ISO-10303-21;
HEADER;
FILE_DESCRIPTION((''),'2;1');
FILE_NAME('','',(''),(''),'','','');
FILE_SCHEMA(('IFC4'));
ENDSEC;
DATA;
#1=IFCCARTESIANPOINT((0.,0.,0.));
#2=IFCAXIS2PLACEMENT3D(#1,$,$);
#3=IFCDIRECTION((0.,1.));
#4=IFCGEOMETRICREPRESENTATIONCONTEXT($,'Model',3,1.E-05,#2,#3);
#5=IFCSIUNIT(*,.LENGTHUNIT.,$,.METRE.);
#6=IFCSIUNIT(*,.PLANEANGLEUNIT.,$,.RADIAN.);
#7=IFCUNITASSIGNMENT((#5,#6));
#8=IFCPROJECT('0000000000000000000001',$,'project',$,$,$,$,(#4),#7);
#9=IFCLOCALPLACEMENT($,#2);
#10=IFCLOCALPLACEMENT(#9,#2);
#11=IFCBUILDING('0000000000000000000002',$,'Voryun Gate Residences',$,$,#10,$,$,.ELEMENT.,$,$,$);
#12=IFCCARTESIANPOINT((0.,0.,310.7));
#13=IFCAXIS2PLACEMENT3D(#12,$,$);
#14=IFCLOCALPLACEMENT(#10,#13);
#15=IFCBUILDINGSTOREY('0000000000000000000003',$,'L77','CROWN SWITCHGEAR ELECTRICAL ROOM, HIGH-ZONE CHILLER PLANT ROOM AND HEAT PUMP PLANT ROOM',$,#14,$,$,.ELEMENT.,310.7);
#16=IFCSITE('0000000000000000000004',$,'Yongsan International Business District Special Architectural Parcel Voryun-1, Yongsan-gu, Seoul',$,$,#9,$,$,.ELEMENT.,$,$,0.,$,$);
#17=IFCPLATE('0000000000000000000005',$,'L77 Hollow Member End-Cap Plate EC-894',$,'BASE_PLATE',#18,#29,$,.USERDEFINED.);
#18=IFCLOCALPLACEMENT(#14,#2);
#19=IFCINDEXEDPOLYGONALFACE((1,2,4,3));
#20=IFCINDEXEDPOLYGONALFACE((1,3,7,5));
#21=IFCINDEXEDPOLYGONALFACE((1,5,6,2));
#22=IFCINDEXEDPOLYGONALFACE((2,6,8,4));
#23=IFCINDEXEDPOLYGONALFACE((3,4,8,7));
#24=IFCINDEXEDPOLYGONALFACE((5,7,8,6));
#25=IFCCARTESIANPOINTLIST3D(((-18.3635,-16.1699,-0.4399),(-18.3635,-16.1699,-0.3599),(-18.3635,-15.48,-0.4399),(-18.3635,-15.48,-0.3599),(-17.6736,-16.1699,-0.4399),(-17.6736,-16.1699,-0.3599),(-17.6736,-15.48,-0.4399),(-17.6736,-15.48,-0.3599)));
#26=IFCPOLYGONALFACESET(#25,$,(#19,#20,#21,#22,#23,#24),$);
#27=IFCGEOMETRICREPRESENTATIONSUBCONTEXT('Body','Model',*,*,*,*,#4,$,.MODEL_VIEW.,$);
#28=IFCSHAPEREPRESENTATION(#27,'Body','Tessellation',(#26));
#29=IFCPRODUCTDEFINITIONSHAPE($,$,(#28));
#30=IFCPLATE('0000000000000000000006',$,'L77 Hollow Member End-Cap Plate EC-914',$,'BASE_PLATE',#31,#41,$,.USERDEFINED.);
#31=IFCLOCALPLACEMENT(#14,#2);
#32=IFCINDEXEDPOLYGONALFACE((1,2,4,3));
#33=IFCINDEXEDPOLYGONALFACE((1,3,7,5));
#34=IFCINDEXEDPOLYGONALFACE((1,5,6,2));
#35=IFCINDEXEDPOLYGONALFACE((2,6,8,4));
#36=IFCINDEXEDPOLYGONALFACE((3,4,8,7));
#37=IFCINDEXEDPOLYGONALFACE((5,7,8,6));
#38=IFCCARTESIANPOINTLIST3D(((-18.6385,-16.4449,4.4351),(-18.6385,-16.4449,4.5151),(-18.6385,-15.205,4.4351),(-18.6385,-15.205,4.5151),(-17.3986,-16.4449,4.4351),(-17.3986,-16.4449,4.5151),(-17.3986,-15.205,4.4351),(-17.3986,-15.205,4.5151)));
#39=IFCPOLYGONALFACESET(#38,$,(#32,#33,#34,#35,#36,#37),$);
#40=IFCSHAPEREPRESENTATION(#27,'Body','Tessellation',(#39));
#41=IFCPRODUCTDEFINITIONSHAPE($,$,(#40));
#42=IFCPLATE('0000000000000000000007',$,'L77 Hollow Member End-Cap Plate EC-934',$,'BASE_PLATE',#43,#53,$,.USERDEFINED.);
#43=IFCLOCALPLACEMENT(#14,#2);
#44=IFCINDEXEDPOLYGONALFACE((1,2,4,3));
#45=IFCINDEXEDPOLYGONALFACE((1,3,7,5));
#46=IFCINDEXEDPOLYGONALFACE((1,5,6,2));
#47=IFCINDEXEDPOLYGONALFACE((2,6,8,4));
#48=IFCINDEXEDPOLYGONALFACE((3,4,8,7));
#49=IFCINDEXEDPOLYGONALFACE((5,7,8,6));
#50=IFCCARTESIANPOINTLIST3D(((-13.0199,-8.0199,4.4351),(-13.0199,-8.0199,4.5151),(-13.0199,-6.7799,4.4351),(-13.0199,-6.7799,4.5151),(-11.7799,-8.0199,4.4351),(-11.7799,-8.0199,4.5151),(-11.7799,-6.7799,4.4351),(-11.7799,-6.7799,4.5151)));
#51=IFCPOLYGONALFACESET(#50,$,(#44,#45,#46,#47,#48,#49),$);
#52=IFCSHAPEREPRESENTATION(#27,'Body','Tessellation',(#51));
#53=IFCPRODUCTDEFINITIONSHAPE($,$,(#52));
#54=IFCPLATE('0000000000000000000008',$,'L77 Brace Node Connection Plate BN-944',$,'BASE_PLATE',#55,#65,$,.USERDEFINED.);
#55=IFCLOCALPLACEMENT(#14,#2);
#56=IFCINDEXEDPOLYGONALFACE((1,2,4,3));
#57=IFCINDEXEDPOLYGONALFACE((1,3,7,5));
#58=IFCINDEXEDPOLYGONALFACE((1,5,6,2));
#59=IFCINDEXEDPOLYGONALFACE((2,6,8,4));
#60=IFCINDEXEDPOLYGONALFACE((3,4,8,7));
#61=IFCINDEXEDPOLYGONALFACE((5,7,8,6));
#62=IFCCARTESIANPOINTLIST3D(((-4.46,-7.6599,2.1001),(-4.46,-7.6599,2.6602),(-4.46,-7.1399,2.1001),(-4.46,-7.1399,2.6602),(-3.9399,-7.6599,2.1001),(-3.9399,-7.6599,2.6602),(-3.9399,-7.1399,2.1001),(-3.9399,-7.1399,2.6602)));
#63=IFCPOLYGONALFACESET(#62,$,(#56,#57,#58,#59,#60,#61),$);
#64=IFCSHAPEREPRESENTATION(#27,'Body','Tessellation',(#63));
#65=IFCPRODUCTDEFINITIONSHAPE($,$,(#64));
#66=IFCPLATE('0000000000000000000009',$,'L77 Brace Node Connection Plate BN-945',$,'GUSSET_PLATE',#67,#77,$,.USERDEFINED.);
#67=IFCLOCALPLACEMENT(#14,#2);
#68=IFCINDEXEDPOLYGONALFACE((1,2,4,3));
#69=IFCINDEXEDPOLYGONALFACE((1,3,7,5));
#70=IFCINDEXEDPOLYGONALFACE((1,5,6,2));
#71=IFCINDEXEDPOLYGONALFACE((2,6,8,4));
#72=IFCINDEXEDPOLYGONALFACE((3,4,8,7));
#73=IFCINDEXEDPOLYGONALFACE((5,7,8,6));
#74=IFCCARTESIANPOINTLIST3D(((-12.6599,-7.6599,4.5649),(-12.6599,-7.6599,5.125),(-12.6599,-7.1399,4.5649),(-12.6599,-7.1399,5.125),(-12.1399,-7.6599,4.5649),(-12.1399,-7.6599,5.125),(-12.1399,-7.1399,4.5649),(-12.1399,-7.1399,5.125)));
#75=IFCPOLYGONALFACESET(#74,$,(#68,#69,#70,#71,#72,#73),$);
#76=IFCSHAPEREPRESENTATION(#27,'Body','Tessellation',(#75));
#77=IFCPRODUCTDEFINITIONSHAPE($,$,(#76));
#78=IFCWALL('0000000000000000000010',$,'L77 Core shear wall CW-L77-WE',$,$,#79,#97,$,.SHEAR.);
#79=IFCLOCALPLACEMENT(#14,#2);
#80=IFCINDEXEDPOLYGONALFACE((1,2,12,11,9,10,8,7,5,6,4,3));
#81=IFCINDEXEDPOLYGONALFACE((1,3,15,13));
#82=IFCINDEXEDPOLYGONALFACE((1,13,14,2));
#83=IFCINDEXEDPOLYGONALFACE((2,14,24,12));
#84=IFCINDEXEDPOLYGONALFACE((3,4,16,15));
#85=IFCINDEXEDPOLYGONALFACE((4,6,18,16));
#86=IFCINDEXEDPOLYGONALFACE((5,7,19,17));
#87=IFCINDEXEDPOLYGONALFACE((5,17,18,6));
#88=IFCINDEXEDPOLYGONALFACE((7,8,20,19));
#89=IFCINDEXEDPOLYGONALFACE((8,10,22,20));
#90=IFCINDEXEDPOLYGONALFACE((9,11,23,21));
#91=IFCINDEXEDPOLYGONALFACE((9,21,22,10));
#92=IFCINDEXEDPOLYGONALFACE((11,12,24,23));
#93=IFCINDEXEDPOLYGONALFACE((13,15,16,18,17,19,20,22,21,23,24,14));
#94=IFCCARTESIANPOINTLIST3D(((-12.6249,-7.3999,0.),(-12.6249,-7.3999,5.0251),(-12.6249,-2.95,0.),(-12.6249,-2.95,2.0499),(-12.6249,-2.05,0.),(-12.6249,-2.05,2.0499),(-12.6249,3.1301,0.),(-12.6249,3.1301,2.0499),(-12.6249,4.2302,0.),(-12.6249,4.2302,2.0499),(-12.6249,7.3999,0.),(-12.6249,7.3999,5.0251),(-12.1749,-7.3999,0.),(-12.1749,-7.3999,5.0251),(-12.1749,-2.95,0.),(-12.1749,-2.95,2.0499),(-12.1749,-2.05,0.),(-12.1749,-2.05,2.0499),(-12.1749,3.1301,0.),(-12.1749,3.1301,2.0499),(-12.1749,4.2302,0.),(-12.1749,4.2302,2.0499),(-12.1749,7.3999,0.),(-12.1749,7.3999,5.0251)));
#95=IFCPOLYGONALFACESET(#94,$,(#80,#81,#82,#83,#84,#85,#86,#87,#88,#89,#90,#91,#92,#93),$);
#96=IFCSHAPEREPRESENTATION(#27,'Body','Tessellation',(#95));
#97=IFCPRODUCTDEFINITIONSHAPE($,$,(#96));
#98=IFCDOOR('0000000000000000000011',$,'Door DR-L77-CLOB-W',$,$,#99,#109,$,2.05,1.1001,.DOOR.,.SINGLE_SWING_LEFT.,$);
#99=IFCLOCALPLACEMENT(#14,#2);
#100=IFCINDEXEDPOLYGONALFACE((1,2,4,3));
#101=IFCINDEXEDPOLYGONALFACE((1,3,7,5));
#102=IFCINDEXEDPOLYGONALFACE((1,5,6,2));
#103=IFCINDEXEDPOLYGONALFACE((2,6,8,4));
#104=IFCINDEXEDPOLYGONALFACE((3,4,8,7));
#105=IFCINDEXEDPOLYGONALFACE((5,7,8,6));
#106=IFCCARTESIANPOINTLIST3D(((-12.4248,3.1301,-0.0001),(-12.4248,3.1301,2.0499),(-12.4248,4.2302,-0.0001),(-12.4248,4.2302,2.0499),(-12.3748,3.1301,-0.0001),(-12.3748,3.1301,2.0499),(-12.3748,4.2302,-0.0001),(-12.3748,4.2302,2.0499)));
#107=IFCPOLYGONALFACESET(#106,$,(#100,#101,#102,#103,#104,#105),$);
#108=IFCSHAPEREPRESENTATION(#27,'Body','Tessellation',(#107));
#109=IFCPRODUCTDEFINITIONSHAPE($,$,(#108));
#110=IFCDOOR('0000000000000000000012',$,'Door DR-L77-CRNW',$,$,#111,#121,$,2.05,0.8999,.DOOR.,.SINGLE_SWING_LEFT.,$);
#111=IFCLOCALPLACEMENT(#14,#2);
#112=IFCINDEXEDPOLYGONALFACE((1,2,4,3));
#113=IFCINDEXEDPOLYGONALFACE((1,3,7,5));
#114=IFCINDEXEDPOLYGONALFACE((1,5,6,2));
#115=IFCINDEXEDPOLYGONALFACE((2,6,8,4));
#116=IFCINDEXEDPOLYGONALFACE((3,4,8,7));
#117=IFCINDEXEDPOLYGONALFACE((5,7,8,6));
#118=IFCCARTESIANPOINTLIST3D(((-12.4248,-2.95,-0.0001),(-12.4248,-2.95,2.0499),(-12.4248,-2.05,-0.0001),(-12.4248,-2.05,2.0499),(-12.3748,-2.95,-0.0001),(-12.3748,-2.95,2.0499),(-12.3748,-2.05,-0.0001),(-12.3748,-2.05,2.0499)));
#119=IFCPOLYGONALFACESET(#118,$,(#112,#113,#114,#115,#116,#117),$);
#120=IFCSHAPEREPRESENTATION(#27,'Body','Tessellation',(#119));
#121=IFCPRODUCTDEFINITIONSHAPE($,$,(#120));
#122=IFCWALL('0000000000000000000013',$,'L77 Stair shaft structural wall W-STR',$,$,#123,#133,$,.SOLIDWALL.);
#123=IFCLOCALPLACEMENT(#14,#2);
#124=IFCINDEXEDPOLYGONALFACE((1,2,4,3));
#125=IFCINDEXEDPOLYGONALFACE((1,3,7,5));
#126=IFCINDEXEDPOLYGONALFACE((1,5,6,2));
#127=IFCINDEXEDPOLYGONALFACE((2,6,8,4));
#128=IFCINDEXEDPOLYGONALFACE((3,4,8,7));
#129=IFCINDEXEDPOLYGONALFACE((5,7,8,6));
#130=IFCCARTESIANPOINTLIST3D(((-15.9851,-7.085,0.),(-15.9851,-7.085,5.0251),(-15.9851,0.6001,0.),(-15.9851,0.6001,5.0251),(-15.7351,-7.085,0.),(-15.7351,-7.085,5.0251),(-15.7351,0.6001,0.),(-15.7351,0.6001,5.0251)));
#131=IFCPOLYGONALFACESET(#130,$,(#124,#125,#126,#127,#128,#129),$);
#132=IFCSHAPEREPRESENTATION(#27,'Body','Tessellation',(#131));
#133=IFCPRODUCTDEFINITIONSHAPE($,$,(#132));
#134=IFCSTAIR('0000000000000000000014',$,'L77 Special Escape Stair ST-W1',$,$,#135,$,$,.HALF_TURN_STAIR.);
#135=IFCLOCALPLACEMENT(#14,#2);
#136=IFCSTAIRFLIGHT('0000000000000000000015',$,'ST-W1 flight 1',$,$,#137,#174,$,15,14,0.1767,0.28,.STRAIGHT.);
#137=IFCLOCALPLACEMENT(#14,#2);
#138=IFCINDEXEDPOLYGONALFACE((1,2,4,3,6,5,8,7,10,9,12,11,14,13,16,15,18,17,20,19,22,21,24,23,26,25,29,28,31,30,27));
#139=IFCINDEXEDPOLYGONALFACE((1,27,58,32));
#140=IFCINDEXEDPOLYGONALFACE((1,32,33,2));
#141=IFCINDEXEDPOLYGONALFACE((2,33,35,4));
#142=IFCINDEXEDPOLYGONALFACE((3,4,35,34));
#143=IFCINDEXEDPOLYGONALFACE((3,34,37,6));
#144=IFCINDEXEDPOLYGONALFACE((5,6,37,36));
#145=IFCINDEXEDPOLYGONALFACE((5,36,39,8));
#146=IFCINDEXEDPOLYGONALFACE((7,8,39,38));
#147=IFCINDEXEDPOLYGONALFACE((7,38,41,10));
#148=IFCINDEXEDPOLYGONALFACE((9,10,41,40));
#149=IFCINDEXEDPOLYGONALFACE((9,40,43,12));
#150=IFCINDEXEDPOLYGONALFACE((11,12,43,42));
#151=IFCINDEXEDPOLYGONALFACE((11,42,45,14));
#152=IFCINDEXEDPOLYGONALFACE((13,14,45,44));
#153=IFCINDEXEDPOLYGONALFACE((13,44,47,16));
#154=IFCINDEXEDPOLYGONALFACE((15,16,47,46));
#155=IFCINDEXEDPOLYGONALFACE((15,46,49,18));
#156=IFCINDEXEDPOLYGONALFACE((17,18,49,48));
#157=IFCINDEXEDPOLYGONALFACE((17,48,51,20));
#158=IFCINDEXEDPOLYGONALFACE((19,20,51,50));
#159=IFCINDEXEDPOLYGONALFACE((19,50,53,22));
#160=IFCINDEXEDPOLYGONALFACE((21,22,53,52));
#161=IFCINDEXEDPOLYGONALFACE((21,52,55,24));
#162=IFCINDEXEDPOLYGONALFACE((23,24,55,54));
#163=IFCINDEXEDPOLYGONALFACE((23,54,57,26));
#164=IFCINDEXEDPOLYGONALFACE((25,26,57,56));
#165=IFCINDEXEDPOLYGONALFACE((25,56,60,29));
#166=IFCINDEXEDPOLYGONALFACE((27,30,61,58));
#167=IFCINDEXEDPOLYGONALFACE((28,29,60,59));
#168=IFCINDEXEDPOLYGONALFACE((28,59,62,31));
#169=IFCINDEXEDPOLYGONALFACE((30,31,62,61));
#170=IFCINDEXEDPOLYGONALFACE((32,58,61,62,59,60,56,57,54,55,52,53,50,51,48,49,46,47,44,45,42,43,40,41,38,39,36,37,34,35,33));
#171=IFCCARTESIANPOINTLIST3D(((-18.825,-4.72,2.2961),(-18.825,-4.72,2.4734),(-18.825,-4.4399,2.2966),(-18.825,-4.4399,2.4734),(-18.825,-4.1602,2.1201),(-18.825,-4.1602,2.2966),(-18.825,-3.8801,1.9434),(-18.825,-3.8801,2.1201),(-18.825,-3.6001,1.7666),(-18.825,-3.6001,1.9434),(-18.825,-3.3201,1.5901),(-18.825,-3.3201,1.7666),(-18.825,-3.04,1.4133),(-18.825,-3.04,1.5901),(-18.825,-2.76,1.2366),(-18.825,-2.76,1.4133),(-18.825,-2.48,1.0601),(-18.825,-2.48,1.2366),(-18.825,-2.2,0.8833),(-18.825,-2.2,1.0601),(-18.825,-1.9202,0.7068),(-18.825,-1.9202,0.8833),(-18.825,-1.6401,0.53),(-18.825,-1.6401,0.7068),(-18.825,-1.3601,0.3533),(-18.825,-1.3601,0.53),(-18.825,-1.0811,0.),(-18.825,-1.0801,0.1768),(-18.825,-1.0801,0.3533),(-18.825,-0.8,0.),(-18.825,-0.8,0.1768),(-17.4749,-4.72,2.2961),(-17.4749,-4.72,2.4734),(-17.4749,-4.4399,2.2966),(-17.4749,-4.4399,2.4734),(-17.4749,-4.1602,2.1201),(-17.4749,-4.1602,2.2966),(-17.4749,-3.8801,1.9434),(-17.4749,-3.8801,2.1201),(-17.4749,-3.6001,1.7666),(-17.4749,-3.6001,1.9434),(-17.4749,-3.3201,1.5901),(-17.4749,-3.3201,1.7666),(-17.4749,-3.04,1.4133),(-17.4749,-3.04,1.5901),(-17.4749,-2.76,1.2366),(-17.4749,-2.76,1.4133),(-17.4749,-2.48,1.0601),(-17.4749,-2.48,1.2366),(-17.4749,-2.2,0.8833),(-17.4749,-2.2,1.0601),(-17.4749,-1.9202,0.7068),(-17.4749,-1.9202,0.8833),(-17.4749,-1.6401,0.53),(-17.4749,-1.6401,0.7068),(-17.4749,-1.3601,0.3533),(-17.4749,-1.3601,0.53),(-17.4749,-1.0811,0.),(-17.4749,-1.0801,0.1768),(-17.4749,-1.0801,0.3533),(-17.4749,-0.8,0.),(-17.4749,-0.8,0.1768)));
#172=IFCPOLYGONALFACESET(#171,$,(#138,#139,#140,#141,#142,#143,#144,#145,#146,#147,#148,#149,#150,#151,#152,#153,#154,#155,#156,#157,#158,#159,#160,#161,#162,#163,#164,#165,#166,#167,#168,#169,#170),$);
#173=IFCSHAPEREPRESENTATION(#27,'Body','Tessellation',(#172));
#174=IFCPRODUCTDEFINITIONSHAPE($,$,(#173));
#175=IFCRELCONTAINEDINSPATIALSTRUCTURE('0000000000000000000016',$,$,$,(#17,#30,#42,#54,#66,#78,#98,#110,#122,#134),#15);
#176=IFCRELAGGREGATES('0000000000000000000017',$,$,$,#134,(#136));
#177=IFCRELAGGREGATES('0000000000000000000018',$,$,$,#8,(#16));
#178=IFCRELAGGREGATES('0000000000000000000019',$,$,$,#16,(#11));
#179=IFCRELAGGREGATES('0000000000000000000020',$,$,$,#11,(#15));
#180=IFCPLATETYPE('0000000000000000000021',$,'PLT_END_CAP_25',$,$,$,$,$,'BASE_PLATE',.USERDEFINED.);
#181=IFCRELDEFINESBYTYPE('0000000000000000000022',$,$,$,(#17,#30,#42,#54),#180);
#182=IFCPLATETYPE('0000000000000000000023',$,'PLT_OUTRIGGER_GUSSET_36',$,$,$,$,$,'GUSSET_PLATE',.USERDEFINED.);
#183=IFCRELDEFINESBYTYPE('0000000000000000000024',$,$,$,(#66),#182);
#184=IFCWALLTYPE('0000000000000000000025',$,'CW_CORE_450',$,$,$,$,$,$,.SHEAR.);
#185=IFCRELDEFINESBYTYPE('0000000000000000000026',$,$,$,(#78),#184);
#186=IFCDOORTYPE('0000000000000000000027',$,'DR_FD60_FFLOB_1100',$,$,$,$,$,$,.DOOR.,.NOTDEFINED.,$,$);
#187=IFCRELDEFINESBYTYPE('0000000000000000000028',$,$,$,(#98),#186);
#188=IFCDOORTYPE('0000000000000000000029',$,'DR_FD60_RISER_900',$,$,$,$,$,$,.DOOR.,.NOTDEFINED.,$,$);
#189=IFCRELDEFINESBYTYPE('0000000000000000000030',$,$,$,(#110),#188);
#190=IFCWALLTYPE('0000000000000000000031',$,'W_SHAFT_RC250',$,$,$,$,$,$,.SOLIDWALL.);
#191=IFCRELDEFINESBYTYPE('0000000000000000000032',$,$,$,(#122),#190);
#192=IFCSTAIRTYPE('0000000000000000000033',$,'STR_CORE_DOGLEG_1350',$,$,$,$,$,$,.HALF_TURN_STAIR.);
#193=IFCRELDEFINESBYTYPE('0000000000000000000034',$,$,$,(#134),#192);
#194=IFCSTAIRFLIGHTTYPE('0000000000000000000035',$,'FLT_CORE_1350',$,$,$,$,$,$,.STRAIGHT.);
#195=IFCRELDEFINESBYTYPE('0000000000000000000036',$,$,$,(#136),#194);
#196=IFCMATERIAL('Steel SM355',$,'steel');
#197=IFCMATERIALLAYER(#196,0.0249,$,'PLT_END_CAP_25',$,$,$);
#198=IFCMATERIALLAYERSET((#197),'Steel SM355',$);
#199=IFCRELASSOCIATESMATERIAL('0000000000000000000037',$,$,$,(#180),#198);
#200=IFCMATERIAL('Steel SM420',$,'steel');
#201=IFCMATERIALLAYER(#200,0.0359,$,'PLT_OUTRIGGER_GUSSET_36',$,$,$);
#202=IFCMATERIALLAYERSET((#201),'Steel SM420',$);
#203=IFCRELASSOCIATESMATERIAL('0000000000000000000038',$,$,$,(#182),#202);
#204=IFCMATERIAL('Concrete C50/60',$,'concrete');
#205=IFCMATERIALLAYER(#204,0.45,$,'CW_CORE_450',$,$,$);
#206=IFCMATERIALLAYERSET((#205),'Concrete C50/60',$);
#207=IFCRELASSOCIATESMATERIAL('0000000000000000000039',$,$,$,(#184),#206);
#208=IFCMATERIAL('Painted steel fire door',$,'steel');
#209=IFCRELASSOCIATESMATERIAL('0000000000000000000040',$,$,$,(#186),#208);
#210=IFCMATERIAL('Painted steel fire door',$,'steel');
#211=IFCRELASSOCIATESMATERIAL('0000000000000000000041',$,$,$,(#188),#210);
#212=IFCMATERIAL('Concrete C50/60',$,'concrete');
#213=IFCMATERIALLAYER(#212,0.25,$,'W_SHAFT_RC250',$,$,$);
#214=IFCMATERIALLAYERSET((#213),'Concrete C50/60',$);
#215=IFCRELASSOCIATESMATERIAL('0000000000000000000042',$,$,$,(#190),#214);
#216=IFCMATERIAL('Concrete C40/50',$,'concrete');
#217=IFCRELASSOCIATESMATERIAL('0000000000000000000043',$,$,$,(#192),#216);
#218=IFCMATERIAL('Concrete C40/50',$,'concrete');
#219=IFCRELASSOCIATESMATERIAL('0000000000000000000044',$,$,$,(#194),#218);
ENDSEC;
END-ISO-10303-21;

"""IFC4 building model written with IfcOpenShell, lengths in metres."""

from ifc_helpers import new_model, si_unit, direction, frame, frame_2d, origin, origin_2d, place, context, subcontext, project, spatial, polyline, rectangle, outline, extrude, material, layer, layer_set, type_object, element, fill, aggregate, save


model = new_model("IFC4")

# Units and contexts
model_context = context("Model", 3, precision=1e-05, world=origin(), true_north=direction((0.0, 1.0)))
body_context = subcontext(model_context, "Body", "Model", "MODEL_VIEW")
ifc_project = project(units=[si_unit("LENGTHUNIT", "METRE"), si_unit("PLANEANGLEUNIT", "RADIAN")], contexts=[model_context])

# Site, building, storey
site_placement = place(None, origin())
site = spatial("IfcSite", under=ifc_project, at=site_placement, Name="Yongsan International Business District Special Architectural Parcel Voryun-1, Yongsan-gu, Seoul", CompositionType="ELEMENT", RefElevation=0.0)
building_placement = place(site_placement, origin())
building = spatial("IfcBuilding", under=site, at=building_placement, Name="Voryun Gate Residences", CompositionType="ELEMENT")
storey_placement = place(building_placement, frame((0.0, 0.0, 310.7)))
storey = spatial("IfcBuildingStorey", under=building, at=storey_placement, Name="L77", Description="CROWN SWITCHGEAR ELECTRICAL ROOM, HIGH-ZONE CHILLER PLANT ROOM AND HEAT PUMP PLANT ROOM", CompositionType="ELEMENT", Elevation=310.7)

# Plates
ifc_material_1 = material(Name="Steel SM355", Category="steel")
ifc_layer_1 = layer(ifc_material_1, 0.0249, Name="PLT_END_CAP_25")
ifc_layer_set_1 = layer_set([ifc_layer_1], Name="Steel SM355")
plate_type_1 = type_object("IfcPlateType", Name="PLT_END_CAP_25", ElementType="BASE_PLATE", PredefinedType="USERDEFINED", material=ifc_layer_set_1)
for number, where, z_axis, x_axis, name in (
    (1, (-18.0186, -15.825, -0.4399), (0.0, 0.0, 1.0), (1.0, 0.0, 0.0), "L77 Hollow Member End-Cap Plate EC-894"),
):
    element("IfcPlate", number, at=place(storey_placement, frame(where, z_axis=z_axis, x_axis=x_axis)), inside=storey, type_object=plate_type_1, Name=name, ObjectType="BASE_PLATE", PredefinedType="USERDEFINED", context=body_context, shape_type="SweptSolid", body=[
        extrude(rectangle(XDim=0.6899, YDim=0.6899, at=origin_2d()), origin(), (0.0, 0.0, 1.0), 0.0801),
    ])
for number, where, z_axis, x_axis, name in (
    (2, (-18.0186, -15.825, 4.4351), (0.0, 0.0, 1.0), (1.0, 0.0, 0.0), "L77 Hollow Member End-Cap Plate EC-914"),
    (3, (-12.3999, -7.3999, 4.4351), (0.0, 0.0, 1.0), (1.0, 0.0, 0.0), "L77 Hollow Member End-Cap Plate EC-934"),
):
    element("IfcPlate", number, at=place(storey_placement, frame(where, z_axis=z_axis, x_axis=x_axis)), inside=storey, type_object=plate_type_1, Name=name, ObjectType="BASE_PLATE", PredefinedType="USERDEFINED", context=body_context, shape_type="SweptSolid", body=[
        extrude(rectangle(XDim=1.24, YDim=1.24, at=origin_2d()), origin(), (0.0, 0.0, 1.0), 0.0801),
    ])
plate_1_placement = place(storey_placement, frame((-4.2, -7.3999, 2.1001), z_axis=(0.0, 0.0, 1.0), x_axis=(1.0, 0.0, 0.0)))
element("IfcPlate", 4, at=plate_1_placement, inside=storey, type_object=plate_type_1, Name="L77 Brace Node Connection Plate BN-944", ObjectType="BASE_PLATE", PredefinedType="USERDEFINED", context=body_context, shape_type="SweptSolid", body=[
    extrude(rectangle(XDim=0.52, YDim=0.52, at=origin_2d()), origin(), (0.0, 0.0, 1.0), 0.5601),
])
ifc_material_2 = material(Name="Steel SM420", Category="steel")
ifc_layer_2 = layer(ifc_material_2, 0.0359, Name="PLT_OUTRIGGER_GUSSET_36")
ifc_layer_set_2 = layer_set([ifc_layer_2], Name="Steel SM420")
plate_type_2 = type_object("IfcPlateType", Name="PLT_OUTRIGGER_GUSSET_36", ElementType="GUSSET_PLATE", PredefinedType="USERDEFINED", material=ifc_layer_set_2)
plate_2_placement = place(storey_placement, frame((-12.3999, -7.3999, 4.5649), z_axis=(0.0, 0.0, 1.0), x_axis=(1.0, 0.0, 0.0)))
element("IfcPlate", 5, at=plate_2_placement, inside=storey, type_object=plate_type_2, Name="L77 Brace Node Connection Plate BN-945", ObjectType="GUSSET_PLATE", PredefinedType="USERDEFINED", context=body_context, shape_type="SweptSolid", body=[
    extrude(rectangle(XDim=0.52, YDim=0.52, at=origin_2d()), origin(), (0.0, 0.0, 1.0), 0.5601),
])

# Wall, openings, doors
ifc_material_3 = material(Name="Concrete C50/60", Category="concrete")
ifc_layer_3 = layer(ifc_material_3, 0.45, Name="CW_CORE_450")
ifc_layer_set_3 = layer_set([ifc_layer_3], Name="Concrete C50/60")
wall_type_1 = type_object("IfcWallType", Name="CW_CORE_450", PredefinedType="SHEAR", material=ifc_layer_set_3)
wall_1_placement = place(storey_placement, frame((-12.3999, -7.3999, 0.0), z_axis=(0.0, 0.0, 1.0), x_axis=(0.0, 1.0, 0.0)))
wall_1 = element("IfcWall", 6, at=wall_1_placement, inside=storey, type_object=wall_type_1, Name="L77 Core shear wall CW-L77-WE", PredefinedType="SHEAR", context=body_context, shape_type="SweptSolid", body=[
    extrude(rectangle(XDim=14.7998, YDim=0.45, at=frame_2d((7.3999, 0.0))), origin(), (0.0, 0.0, 1.0), 5.0251),
])
opening_1_placement = place(wall_1_placement, frame((10.53, 0.0, 0.0)))
opening_1 = element("IfcOpeningElement", 7, at=opening_1_placement, cuts=wall_1, PredefinedType="OPENING", context=body_context, shape_type="SweptSolid", body=[
    extrude(rectangle(XDim=1.1001, YDim=2.05, at=frame_2d((0.55, 1.0249))), frame((0.0, 0.2351, 0.0), z_axis=(0.0, -1.0, 0.0), x_axis=(1.0, 0.0, 0.0)), (0.0, 0.0, 1.0), 0.47),
])
opening_2_placement = place(wall_1_placement, frame((4.45, 0.0, 0.0)))
opening_2 = element("IfcOpeningElement", 8, at=opening_2_placement, cuts=wall_1, PredefinedType="OPENING", context=body_context, shape_type="SweptSolid", body=[
    extrude(rectangle(XDim=0.8999, YDim=2.05, at=frame_2d((0.45, 1.0249))), frame((0.0, 0.2351, 0.0), z_axis=(0.0, -1.0, 0.0), x_axis=(1.0, 0.0, 0.0)), (0.0, 0.0, 1.0), 0.47),
])
ifc_material_4 = material(Name="Painted steel fire door", Category="steel")
door_type_1 = type_object("IfcDoorType", Name="DR_FD60_FFLOB_1100", OperationType="NOTDEFINED", PredefinedType="DOOR", material=ifc_material_4)
door_1_placement = place(opening_1_placement, origin())
door_1 = element("IfcDoor", 9, at=door_1_placement, inside=storey, type_object=door_type_1, Name="Door DR-L77-CLOB-W", OperationType="SINGLE_SWING_LEFT", OverallHeight=2.05, OverallWidth=1.1001, PredefinedType="DOOR", context=body_context, shape_type="SweptSolid", body=[
    extrude(rectangle(XDim=1.1001, YDim=2.05, at=frame_2d((0.55, 1.0249))), frame((0.0, 0.0249, 0.0), z_axis=(0.0, -1.0, 0.0), x_axis=(1.0, 0.0, 0.0)), (0.0, 0.0, 1.0), 0.05),
])
fill(opening_1, door_1)
ifc_material_5 = material(Name="Painted steel fire door", Category="steel")
door_type_2 = type_object("IfcDoorType", Name="DR_FD60_RISER_900", OperationType="NOTDEFINED", PredefinedType="DOOR", material=ifc_material_5)
door_2_placement = place(opening_2_placement, origin())
door_2 = element("IfcDoor", 10, at=door_2_placement, inside=storey, type_object=door_type_2, Name="Door DR-L77-CRNW", OperationType="SINGLE_SWING_LEFT", OverallHeight=2.05, OverallWidth=0.8999, PredefinedType="DOOR", context=body_context, shape_type="SweptSolid", body=[
    extrude(rectangle(XDim=0.8999, YDim=2.05, at=frame_2d((0.45, 1.0249))), frame((0.0, 0.0249, 0.0), z_axis=(0.0, -1.0, 0.0), x_axis=(1.0, 0.0, 0.0)), (0.0, 0.0, 1.0), 0.05),
])
fill(opening_2, door_2)

# Wall
ifc_material_6 = material(Name="Concrete C50/60", Category="concrete")
ifc_layer_4 = layer(ifc_material_6, 0.25, Name="W_SHAFT_RC250")
ifc_layer_set_4 = layer_set([ifc_layer_4], Name="Concrete C50/60")
wall_type_2 = type_object("IfcWallType", Name="W_SHAFT_RC250", PredefinedType="SOLIDWALL", material=ifc_layer_set_4)
wall_2_placement = place(storey_placement, frame((-15.8601, -7.085, 0.0), z_axis=(0.0, 0.0, 1.0), x_axis=(0.0, 1.0, 0.0)))
element("IfcWall", 11, at=wall_2_placement, inside=storey, type_object=wall_type_2, Name="L77 Stair shaft structural wall W-STR", PredefinedType="SOLIDWALL", context=body_context, shape_type="SweptSolid", body=[
    extrude(rectangle(XDim=7.6851, YDim=0.25, at=frame_2d((3.8425, 0.0))), origin(), (0.0, 0.0, 1.0), 5.0251),
])

# Stair, stair flight
ifc_material_7 = material(Name="Concrete C40/50", Category="concrete")
stair_type = type_object("IfcStairType", Name="STR_CORE_DOGLEG_1350", PredefinedType="HALF_TURN_STAIR", material=ifc_material_7)
stair_placement = place(storey_placement, origin())
stair = element("IfcStair", 12, at=stair_placement, inside=storey, type_object=stair_type, Name="L77 Special Escape Stair ST-W1", PredefinedType="HALF_TURN_STAIR")
ifc_material_8 = material(Name="Concrete C40/50", Category="concrete")
stair_flight_type = type_object("IfcStairFlightType", Name="FLT_CORE_1350", PredefinedType="STRAIGHT", material=ifc_material_8)
stair_flight_1_placement = place(storey_placement, frame((-18.1499, -0.8, 0.0), z_axis=(0.0, 0.0, 1.0), x_axis=(0.0, -1.0, 0.0)))
stair_flight_1 = element("IfcStairFlight", 13, at=stair_flight_1_placement, type_object=stair_flight_type, Name="ST-W1 flight 1", NumberOfRisers=15, NumberOfTreads=14, PredefinedType="STRAIGHT", RiserHeight=0.1767, TreadLength=0.28, context=body_context, shape_type="SweptSolid", body=[
    extrude(outline(polyline([(0.0, 0.0), (0.0, 0.1768), (0.28, 0.1768), (0.28, 0.3533), (0.5601, 0.3533), (0.5601, 0.53), (0.8401, 0.53), (0.8401, 0.7068), (1.1201, 0.7068), (1.1201, 0.8833), (1.3999, 0.8833), (1.3999, 1.0601), (1.6799, 1.0601), (1.6799, 1.2366), (1.96, 1.2366), (1.96, 1.4133), (2.24, 1.4133), (2.24, 1.5901), (2.52, 1.5901), (2.52, 1.7666), (2.8, 1.7666), (2.8, 1.9434), (3.0801, 1.9434), (3.0801, 2.1201), (3.3601, 2.1201), (3.3601, 2.2966), (3.6399, 2.2966), (3.6399, 2.4734), (3.9199, 2.4734), (3.9199, 2.6499), (3.9199, 2.2961), (0.281, 0.0), (0.0, 0.0)])), frame((0.0, 0.675, 0.0), z_axis=(0.0, -1.0, 0.0), x_axis=(1.0, 0.0, 0.0)), (0.0, 0.0, 1.0), 1.3501),
])
aggregate(stair, [stair_flight_1])

save(model, "model.ifc")
